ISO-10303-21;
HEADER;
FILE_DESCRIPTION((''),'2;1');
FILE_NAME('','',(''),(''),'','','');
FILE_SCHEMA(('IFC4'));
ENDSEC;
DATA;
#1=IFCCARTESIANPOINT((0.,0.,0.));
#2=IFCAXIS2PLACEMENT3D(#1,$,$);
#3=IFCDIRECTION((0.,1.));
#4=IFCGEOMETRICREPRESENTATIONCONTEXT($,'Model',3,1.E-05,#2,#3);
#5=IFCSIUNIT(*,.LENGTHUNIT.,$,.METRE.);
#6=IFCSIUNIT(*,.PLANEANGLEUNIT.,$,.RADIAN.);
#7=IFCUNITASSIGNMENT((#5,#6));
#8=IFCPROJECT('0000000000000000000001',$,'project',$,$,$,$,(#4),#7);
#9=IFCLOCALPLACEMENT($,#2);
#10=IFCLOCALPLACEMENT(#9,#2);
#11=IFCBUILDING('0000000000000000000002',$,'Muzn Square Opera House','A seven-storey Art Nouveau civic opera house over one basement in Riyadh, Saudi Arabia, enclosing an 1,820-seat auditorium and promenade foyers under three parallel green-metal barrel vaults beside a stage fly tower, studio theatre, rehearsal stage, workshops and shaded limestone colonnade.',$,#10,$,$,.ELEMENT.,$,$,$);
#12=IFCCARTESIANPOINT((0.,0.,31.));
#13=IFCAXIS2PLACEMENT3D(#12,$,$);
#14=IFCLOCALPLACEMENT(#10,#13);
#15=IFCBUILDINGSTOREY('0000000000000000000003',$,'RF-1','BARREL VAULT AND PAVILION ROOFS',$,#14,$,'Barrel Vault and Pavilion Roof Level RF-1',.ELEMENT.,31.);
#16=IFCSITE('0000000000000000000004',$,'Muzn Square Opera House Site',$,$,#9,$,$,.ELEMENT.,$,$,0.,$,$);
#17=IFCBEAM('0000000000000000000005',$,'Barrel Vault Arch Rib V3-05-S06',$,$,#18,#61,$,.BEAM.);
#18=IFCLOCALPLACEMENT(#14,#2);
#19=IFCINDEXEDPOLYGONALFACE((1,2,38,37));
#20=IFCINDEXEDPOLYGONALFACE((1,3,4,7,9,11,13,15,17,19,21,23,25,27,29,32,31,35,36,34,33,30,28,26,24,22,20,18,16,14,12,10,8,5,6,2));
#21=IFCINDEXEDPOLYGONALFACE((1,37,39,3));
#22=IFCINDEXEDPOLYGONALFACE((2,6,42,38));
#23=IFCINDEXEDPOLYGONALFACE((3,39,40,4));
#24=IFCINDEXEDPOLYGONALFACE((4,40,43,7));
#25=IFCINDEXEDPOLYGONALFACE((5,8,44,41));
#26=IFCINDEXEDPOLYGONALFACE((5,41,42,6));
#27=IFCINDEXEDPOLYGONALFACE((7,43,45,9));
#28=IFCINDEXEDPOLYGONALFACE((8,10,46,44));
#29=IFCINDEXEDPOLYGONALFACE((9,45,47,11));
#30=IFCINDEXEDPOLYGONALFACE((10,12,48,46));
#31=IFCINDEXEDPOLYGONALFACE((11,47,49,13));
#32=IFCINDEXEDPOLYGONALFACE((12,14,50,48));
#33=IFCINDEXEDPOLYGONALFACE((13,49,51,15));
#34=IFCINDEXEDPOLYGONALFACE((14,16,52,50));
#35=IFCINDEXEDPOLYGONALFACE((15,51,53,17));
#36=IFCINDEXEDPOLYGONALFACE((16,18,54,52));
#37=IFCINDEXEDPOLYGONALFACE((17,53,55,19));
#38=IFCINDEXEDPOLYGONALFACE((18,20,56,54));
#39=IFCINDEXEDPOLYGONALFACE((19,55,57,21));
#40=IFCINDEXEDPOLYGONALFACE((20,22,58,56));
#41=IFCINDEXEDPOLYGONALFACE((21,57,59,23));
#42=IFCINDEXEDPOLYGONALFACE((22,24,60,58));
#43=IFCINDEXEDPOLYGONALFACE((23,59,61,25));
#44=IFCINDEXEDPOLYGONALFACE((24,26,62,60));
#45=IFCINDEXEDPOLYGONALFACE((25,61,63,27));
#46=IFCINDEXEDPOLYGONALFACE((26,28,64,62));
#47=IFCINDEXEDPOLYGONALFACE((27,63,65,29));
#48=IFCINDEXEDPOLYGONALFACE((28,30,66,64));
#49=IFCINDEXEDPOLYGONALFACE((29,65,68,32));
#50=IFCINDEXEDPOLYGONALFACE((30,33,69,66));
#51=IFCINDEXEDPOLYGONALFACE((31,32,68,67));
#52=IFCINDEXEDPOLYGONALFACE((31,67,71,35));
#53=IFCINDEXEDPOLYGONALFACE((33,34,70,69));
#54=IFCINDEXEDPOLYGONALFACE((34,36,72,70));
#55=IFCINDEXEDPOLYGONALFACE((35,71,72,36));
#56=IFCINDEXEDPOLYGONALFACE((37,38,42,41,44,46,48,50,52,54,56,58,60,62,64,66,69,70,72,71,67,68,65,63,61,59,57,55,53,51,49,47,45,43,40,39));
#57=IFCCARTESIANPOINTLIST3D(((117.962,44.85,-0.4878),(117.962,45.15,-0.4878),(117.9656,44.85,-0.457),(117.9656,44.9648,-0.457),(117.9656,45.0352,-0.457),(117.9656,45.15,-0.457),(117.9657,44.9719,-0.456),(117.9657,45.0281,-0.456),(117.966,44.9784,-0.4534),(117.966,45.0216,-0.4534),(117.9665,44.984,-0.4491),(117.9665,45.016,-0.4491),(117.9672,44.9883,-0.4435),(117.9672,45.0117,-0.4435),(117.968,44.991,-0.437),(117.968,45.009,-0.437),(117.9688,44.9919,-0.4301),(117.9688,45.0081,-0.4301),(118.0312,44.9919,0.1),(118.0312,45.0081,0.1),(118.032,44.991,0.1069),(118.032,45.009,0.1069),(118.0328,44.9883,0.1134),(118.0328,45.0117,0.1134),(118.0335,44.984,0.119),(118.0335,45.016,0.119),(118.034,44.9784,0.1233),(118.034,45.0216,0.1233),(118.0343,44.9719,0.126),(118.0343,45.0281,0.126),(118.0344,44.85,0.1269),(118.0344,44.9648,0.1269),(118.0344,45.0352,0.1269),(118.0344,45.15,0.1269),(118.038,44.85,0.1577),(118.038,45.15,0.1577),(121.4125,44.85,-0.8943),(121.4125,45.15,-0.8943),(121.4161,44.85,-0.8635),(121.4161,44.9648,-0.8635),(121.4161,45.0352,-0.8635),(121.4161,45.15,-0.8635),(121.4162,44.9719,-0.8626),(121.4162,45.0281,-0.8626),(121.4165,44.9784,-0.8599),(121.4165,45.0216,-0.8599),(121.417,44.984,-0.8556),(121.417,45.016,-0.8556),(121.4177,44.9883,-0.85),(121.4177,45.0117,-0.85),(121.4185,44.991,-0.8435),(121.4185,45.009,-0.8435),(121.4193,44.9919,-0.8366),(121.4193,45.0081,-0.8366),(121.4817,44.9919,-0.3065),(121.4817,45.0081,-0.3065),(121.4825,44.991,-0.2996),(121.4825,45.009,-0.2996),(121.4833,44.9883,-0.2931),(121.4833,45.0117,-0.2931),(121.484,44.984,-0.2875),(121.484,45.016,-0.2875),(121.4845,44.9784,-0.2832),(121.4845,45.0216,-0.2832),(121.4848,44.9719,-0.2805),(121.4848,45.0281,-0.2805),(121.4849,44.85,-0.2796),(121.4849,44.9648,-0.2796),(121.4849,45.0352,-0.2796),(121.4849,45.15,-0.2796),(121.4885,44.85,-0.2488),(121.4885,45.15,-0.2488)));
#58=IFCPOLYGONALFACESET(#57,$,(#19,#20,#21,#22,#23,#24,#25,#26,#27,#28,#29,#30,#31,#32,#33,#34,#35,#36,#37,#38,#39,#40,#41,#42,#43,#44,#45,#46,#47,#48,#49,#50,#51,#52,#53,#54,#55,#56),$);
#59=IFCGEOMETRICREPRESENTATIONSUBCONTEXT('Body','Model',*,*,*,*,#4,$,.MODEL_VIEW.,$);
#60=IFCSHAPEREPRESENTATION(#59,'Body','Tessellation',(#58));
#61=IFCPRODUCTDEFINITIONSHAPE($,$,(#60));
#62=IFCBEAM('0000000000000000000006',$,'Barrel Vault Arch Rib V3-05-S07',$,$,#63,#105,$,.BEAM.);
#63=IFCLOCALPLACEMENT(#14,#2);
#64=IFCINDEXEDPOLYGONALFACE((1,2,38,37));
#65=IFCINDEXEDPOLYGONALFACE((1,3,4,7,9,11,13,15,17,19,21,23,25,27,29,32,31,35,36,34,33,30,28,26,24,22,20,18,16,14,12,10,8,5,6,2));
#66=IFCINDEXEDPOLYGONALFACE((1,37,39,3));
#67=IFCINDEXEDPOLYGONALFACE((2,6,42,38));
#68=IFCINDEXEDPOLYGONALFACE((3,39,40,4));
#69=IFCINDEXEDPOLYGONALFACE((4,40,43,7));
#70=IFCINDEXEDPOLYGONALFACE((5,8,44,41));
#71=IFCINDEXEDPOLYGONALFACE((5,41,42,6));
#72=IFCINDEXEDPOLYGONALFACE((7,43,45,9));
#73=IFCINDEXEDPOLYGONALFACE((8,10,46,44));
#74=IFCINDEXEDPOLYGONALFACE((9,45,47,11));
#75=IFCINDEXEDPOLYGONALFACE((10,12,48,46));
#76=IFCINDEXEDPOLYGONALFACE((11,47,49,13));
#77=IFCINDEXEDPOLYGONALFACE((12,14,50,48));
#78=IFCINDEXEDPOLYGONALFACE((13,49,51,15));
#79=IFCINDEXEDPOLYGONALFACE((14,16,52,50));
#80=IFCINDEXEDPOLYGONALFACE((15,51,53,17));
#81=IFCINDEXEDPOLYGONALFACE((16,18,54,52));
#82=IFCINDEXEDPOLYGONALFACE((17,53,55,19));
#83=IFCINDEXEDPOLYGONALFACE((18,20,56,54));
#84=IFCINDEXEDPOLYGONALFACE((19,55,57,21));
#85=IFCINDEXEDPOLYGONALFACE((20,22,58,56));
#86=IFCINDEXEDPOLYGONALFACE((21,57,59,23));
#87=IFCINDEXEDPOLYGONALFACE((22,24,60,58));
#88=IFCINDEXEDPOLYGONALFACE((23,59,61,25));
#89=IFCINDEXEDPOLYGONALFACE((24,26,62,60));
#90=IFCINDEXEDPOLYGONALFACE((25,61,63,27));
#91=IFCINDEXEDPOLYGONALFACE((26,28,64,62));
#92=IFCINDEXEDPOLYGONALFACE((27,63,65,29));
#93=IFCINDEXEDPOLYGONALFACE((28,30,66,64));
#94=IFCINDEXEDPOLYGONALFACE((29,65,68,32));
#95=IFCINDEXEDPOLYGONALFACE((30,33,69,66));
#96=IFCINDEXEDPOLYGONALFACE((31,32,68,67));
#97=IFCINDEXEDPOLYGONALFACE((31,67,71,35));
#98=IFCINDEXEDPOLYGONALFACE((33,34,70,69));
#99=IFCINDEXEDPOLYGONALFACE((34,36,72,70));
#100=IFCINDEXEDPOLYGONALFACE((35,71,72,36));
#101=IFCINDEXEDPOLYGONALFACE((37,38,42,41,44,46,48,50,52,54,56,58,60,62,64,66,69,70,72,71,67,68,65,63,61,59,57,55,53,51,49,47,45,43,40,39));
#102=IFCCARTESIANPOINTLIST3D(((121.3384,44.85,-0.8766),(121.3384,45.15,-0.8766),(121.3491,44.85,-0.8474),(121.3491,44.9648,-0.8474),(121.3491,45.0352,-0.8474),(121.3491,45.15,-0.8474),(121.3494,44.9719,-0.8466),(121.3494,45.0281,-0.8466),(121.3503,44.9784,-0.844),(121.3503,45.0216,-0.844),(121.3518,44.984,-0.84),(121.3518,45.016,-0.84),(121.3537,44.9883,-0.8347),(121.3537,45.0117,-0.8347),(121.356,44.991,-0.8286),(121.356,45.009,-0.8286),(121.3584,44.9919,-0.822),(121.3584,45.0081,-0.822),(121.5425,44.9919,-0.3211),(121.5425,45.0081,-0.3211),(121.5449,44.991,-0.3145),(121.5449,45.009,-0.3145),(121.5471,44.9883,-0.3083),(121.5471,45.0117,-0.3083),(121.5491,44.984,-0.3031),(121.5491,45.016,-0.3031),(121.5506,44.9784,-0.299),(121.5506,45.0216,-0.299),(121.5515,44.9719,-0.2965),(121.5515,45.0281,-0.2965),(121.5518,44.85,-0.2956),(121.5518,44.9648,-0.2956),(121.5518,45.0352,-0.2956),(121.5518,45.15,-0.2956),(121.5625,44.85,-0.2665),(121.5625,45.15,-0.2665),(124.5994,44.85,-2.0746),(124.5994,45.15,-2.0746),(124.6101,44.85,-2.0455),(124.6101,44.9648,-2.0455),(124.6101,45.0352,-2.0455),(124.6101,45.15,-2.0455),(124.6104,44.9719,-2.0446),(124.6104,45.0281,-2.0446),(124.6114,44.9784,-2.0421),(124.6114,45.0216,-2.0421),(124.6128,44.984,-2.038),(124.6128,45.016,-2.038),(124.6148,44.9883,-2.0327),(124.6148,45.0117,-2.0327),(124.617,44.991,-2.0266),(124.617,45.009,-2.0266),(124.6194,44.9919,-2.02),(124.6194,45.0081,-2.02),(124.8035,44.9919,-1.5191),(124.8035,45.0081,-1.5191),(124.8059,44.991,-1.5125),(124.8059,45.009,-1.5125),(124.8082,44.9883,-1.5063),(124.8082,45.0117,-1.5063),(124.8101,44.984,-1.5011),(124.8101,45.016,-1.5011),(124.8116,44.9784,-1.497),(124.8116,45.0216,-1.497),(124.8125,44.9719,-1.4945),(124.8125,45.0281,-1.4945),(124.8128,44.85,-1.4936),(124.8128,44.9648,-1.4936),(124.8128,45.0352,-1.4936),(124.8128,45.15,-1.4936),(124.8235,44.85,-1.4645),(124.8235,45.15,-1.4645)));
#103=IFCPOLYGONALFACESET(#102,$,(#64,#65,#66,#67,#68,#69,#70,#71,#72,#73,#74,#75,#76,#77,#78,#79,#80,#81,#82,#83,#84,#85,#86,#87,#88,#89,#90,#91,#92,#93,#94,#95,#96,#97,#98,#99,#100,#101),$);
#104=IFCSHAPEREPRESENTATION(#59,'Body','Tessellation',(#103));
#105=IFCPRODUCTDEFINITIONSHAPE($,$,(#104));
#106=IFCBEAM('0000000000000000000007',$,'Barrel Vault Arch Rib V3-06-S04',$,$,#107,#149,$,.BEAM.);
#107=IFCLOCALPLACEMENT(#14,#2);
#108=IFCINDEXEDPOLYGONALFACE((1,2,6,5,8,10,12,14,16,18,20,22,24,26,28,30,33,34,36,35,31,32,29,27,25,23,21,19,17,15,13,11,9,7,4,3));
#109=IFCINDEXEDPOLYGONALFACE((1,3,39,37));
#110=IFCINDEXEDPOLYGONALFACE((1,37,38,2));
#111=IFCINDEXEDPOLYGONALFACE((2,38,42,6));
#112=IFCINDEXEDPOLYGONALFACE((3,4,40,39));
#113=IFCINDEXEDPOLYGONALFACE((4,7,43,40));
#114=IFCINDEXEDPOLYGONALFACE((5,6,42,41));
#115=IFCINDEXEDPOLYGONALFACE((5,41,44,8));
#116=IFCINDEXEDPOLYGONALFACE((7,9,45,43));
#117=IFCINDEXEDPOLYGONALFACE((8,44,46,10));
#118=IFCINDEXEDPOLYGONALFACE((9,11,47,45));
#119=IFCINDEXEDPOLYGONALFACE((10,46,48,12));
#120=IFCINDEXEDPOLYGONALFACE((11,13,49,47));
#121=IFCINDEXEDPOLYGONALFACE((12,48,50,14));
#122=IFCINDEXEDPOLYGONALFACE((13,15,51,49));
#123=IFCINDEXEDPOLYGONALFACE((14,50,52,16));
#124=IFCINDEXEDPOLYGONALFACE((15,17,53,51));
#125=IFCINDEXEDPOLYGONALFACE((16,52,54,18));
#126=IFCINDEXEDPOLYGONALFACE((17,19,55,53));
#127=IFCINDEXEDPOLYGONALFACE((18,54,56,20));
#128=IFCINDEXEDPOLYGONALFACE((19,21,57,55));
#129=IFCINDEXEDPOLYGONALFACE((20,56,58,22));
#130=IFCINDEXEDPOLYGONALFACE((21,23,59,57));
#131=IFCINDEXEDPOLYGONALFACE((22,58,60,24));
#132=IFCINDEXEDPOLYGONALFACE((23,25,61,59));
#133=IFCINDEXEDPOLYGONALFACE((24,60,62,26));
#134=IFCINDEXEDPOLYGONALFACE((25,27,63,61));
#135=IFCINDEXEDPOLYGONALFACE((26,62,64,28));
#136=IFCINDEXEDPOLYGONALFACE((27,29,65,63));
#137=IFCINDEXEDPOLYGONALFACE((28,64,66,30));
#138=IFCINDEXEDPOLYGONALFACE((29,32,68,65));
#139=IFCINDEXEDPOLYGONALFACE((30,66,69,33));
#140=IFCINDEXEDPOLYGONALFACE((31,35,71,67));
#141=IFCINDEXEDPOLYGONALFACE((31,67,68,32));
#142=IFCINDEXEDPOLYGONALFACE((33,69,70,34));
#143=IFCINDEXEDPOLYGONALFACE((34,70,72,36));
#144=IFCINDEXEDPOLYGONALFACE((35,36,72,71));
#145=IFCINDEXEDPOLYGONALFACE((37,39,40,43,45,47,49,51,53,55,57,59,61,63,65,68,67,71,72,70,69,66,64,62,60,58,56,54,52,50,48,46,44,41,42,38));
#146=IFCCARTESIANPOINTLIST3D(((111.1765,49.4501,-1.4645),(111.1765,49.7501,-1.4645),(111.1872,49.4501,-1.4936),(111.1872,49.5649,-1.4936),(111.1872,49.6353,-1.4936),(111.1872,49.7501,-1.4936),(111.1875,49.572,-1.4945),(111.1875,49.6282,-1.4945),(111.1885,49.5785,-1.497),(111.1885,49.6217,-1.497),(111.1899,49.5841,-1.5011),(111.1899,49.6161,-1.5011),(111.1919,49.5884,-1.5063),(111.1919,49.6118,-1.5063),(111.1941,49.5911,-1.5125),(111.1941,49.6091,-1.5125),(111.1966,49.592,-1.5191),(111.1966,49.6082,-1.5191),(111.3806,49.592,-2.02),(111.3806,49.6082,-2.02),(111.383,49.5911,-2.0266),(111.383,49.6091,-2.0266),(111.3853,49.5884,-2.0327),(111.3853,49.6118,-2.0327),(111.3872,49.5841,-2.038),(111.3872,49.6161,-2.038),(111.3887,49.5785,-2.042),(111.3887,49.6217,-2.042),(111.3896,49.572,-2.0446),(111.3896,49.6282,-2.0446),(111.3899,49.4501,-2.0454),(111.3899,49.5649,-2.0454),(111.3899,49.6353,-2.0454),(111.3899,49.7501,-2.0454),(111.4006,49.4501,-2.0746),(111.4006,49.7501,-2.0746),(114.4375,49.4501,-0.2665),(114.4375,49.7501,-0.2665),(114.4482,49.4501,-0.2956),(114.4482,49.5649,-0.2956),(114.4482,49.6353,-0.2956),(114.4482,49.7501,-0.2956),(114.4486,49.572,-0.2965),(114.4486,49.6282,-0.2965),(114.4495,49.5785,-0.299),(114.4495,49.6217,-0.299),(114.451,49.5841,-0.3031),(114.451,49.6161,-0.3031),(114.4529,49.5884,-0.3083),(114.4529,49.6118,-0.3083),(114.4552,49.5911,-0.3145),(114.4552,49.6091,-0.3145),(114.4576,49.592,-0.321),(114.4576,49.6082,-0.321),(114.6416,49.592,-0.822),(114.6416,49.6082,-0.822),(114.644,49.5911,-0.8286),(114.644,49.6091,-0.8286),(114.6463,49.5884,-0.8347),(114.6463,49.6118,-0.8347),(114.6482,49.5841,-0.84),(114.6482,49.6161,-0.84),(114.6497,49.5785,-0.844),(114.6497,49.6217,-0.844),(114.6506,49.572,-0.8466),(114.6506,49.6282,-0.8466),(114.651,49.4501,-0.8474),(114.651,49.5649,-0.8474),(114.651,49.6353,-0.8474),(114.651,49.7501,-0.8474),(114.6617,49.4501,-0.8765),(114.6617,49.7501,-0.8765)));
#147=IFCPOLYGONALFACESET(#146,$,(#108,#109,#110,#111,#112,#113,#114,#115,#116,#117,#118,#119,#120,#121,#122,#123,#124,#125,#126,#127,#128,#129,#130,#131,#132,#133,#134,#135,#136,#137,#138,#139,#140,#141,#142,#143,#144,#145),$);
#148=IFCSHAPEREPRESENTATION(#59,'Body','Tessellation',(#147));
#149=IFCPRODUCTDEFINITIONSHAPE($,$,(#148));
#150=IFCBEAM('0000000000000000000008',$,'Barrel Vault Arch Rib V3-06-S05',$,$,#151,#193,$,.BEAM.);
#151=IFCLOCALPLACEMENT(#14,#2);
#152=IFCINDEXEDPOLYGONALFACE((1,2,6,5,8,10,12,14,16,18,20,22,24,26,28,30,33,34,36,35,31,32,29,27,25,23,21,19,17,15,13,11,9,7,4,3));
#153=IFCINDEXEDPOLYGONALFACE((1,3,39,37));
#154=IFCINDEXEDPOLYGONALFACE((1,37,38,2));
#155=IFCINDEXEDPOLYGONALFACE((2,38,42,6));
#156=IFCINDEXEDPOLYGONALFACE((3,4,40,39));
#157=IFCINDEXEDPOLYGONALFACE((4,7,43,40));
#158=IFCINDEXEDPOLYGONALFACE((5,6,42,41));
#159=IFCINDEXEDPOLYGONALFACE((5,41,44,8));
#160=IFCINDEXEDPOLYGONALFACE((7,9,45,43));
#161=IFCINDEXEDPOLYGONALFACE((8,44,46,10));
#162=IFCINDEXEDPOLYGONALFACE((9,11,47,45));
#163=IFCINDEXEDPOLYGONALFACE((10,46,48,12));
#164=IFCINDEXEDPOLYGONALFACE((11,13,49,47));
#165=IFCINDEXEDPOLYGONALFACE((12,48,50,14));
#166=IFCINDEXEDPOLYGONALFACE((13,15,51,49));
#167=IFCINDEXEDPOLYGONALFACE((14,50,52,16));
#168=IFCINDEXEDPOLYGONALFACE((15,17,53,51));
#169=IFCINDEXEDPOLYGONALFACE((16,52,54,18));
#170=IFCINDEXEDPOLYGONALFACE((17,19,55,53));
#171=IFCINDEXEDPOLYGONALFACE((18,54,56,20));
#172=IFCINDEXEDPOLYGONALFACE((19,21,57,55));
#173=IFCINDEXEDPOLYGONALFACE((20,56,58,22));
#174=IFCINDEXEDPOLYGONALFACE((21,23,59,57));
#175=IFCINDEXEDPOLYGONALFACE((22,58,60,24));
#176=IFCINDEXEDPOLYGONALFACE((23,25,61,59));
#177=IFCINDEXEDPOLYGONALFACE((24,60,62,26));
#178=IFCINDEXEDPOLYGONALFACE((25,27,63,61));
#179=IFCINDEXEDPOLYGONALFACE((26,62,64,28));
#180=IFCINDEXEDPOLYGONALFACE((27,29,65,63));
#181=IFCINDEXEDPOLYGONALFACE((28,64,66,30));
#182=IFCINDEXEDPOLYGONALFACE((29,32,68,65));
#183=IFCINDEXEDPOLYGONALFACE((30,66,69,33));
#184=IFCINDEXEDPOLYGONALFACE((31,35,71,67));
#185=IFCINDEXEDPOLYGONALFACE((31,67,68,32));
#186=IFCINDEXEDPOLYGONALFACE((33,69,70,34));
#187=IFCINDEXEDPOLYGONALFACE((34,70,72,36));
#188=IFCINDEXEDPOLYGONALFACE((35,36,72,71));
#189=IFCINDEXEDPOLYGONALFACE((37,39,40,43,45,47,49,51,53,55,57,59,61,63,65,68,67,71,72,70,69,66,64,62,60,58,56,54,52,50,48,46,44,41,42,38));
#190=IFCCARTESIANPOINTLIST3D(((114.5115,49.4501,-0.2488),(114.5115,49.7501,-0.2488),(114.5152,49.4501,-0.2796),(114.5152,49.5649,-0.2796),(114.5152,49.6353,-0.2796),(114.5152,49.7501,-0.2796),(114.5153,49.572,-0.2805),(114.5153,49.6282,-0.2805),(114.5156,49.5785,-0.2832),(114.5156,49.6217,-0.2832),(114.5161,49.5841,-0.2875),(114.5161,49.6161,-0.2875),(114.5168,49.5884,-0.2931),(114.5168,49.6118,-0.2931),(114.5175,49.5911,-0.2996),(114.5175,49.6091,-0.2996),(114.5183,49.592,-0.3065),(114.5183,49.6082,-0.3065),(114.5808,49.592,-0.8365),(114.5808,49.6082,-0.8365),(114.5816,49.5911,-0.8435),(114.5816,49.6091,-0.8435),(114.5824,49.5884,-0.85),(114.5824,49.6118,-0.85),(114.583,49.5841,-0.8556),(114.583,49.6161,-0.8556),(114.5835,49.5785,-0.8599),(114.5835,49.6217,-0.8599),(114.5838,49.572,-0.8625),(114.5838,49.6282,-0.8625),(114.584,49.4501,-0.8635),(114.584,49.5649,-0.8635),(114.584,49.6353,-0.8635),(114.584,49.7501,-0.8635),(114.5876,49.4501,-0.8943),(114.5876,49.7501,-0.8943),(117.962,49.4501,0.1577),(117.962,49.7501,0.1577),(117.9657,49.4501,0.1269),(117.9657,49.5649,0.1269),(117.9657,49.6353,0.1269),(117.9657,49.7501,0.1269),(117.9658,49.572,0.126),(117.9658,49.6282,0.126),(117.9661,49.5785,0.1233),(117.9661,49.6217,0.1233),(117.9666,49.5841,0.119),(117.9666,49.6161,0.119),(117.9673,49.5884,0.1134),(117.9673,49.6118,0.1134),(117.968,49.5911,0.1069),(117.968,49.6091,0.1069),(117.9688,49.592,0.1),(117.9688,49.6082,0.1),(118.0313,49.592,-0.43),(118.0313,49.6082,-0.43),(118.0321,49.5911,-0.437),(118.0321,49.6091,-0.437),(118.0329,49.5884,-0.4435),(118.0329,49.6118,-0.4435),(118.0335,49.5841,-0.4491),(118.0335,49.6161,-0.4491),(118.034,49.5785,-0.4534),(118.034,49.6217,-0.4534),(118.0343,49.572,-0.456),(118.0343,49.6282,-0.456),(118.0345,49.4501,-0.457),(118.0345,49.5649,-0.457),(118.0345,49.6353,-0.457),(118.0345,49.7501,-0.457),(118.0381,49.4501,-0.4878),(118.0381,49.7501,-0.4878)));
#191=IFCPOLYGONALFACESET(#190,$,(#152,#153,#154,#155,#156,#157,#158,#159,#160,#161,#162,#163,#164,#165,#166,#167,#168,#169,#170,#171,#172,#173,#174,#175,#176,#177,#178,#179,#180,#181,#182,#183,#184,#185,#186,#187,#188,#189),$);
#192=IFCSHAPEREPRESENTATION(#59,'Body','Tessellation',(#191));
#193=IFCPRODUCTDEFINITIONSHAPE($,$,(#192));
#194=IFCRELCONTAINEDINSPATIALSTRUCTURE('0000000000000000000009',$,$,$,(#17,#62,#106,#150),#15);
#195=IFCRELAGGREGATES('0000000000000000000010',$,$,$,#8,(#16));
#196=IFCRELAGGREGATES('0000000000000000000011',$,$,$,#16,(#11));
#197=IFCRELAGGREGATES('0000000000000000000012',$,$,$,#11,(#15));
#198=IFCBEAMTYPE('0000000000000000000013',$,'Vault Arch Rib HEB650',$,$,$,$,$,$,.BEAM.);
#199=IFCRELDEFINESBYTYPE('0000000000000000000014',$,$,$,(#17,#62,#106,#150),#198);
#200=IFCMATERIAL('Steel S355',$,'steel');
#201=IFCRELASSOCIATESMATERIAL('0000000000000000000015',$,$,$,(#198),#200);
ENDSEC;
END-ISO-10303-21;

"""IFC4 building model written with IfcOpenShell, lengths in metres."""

from ifc_helpers import new_model, si_unit, direction, frame, origin, origin_2d, place, context, subcontext, project, spatial, i_section, extrude, material, material_profile, profile_set, type_object, element, save


model = new_model("IFC4")

# Units and contexts
model_context = context("Model", 3, precision=1e-05, world=origin(), true_north=direction((0.0, 1.0)))
body_context = subcontext(model_context, "Body", "Model", "MODEL_VIEW")
ifc_project = project(units=[si_unit("LENGTHUNIT", "METRE"), si_unit("PLANEANGLEUNIT", "RADIAN")], contexts=[model_context])

# Site, building, storey
site_placement = place(None, origin())
site = spatial("IfcSite", under=ifc_project, at=site_placement, Name="Muzn Square Opera House Site", CompositionType="ELEMENT", RefElevation=0.0)
building_placement = place(site_placement, origin())
building = spatial("IfcBuilding", under=site, at=building_placement, Name="Muzn Square Opera House", Description="A seven-storey Art Nouveau civic opera house over one basement in Riyadh, Saudi Arabia, enclosing an 1,820-seat auditorium and promenade foyers under three parallel green-metal barrel vaults beside a stage fly tower, studio theatre, rehearsal stage, workshops and shaded limestone colonnade.", CompositionType="ELEMENT")
storey_placement = place(building_placement, frame((0.0, 0.0, 31.0)))
storey = spatial("IfcBuildingStorey", under=building, at=storey_placement, Name="RF-1", Description="BARREL VAULT AND PAVILION ROOFS", LongName="Barrel Vault and Pavilion Roof Level RF-1", CompositionType="ELEMENT", Elevation=31.0)

# Beams
ifc_material_1 = material(Name="Steel S355", Category="steel")
ifc_material_profile_1 = material_profile(ifc_material_1, i_section(OverallWidth=0.3, OverallDepth=0.6499, WebThickness=0.0161, FlangeThickness=0.031, FilletRadius=0.0271, at=origin_2d()), Name="HEB 650", Category="steel")
ifc_profile_set_1 = profile_set([ifc_material_profile_1], Name="Steel S355")
beam_type_1 = type_object("IfcBeamType", Name="Vault Arch Rib HEB650", PredefinedType="BEAM", material=ifc_profile_set_1)
beam_placement = place(storey_placement, frame((118.0, 45.0, -0.165), z_axis=(0.993132, 0.0, -0.117), x_axis=(0.0, 1.0, 0.0)))
element("IfcBeam", 1, at=beam_placement, inside=storey, type_object=beam_type_1, Name="Barrel Vault Arch Rib V3-05-S06", PredefinedType="BEAM", context=body_context, shape_type="SweptSolid", body=[
    extrude(i_section(OverallWidth=0.3, OverallDepth=0.6499, WebThickness=0.0161, FlangeThickness=0.031, FilletRadius=0.0271, at=origin_2d()), origin(), (0.0, 0.0, 1.0), 3.4744),
])
for number, where, z_axis, x_axis, name in (
    (2, (121.4504, 45.0, -0.5715), (0.938662, 0.0, -0.344839), (0.0, 1.0, 0.0), "Barrel Vault Arch Rib V3-05-S07"),
    (3, (111.2886, 49.6001, -1.7695), (0.938662, 0.0, 0.344839), (0.0, 1.0, 0.0), "Barrel Vault Arch Rib V3-06-S04"),
):
    element("IfcBeam", number, at=place(storey_placement, frame(where, z_axis=z_axis, x_axis=x_axis)), inside=storey, type_object=beam_type_1, Name=name, PredefinedType="BEAM", context=body_context, shape_type="SweptSolid", body=[
        extrude(i_section(OverallWidth=0.3, OverallDepth=0.6499, WebThickness=0.0161, FlangeThickness=0.031, FilletRadius=0.0271, at=origin_2d()), origin(), (0.0, 0.0, 1.0), 3.4741),
    ])
for number, where, z_axis, x_axis, name in (
    (4, (114.5496, 49.6001, -0.5715), (0.993132, 0.0, 0.117), (0.0, 1.0, 0.0), "Barrel Vault Arch Rib V3-06-S05"),
):
    element("IfcBeam", number, at=place(storey_placement, frame(where, z_axis=z_axis, x_axis=x_axis)), inside=storey, type_object=beam_type_1, Name=name, PredefinedType="BEAM", context=body_context, shape_type="SweptSolid", body=[
        extrude(i_section(OverallWidth=0.3, OverallDepth=0.6499, WebThickness=0.0161, FlangeThickness=0.031, FilletRadius=0.0271, at=origin_2d()), origin(), (0.0, 0.0, 1.0), 3.4744),
    ])

save(model, "model.ifc")
